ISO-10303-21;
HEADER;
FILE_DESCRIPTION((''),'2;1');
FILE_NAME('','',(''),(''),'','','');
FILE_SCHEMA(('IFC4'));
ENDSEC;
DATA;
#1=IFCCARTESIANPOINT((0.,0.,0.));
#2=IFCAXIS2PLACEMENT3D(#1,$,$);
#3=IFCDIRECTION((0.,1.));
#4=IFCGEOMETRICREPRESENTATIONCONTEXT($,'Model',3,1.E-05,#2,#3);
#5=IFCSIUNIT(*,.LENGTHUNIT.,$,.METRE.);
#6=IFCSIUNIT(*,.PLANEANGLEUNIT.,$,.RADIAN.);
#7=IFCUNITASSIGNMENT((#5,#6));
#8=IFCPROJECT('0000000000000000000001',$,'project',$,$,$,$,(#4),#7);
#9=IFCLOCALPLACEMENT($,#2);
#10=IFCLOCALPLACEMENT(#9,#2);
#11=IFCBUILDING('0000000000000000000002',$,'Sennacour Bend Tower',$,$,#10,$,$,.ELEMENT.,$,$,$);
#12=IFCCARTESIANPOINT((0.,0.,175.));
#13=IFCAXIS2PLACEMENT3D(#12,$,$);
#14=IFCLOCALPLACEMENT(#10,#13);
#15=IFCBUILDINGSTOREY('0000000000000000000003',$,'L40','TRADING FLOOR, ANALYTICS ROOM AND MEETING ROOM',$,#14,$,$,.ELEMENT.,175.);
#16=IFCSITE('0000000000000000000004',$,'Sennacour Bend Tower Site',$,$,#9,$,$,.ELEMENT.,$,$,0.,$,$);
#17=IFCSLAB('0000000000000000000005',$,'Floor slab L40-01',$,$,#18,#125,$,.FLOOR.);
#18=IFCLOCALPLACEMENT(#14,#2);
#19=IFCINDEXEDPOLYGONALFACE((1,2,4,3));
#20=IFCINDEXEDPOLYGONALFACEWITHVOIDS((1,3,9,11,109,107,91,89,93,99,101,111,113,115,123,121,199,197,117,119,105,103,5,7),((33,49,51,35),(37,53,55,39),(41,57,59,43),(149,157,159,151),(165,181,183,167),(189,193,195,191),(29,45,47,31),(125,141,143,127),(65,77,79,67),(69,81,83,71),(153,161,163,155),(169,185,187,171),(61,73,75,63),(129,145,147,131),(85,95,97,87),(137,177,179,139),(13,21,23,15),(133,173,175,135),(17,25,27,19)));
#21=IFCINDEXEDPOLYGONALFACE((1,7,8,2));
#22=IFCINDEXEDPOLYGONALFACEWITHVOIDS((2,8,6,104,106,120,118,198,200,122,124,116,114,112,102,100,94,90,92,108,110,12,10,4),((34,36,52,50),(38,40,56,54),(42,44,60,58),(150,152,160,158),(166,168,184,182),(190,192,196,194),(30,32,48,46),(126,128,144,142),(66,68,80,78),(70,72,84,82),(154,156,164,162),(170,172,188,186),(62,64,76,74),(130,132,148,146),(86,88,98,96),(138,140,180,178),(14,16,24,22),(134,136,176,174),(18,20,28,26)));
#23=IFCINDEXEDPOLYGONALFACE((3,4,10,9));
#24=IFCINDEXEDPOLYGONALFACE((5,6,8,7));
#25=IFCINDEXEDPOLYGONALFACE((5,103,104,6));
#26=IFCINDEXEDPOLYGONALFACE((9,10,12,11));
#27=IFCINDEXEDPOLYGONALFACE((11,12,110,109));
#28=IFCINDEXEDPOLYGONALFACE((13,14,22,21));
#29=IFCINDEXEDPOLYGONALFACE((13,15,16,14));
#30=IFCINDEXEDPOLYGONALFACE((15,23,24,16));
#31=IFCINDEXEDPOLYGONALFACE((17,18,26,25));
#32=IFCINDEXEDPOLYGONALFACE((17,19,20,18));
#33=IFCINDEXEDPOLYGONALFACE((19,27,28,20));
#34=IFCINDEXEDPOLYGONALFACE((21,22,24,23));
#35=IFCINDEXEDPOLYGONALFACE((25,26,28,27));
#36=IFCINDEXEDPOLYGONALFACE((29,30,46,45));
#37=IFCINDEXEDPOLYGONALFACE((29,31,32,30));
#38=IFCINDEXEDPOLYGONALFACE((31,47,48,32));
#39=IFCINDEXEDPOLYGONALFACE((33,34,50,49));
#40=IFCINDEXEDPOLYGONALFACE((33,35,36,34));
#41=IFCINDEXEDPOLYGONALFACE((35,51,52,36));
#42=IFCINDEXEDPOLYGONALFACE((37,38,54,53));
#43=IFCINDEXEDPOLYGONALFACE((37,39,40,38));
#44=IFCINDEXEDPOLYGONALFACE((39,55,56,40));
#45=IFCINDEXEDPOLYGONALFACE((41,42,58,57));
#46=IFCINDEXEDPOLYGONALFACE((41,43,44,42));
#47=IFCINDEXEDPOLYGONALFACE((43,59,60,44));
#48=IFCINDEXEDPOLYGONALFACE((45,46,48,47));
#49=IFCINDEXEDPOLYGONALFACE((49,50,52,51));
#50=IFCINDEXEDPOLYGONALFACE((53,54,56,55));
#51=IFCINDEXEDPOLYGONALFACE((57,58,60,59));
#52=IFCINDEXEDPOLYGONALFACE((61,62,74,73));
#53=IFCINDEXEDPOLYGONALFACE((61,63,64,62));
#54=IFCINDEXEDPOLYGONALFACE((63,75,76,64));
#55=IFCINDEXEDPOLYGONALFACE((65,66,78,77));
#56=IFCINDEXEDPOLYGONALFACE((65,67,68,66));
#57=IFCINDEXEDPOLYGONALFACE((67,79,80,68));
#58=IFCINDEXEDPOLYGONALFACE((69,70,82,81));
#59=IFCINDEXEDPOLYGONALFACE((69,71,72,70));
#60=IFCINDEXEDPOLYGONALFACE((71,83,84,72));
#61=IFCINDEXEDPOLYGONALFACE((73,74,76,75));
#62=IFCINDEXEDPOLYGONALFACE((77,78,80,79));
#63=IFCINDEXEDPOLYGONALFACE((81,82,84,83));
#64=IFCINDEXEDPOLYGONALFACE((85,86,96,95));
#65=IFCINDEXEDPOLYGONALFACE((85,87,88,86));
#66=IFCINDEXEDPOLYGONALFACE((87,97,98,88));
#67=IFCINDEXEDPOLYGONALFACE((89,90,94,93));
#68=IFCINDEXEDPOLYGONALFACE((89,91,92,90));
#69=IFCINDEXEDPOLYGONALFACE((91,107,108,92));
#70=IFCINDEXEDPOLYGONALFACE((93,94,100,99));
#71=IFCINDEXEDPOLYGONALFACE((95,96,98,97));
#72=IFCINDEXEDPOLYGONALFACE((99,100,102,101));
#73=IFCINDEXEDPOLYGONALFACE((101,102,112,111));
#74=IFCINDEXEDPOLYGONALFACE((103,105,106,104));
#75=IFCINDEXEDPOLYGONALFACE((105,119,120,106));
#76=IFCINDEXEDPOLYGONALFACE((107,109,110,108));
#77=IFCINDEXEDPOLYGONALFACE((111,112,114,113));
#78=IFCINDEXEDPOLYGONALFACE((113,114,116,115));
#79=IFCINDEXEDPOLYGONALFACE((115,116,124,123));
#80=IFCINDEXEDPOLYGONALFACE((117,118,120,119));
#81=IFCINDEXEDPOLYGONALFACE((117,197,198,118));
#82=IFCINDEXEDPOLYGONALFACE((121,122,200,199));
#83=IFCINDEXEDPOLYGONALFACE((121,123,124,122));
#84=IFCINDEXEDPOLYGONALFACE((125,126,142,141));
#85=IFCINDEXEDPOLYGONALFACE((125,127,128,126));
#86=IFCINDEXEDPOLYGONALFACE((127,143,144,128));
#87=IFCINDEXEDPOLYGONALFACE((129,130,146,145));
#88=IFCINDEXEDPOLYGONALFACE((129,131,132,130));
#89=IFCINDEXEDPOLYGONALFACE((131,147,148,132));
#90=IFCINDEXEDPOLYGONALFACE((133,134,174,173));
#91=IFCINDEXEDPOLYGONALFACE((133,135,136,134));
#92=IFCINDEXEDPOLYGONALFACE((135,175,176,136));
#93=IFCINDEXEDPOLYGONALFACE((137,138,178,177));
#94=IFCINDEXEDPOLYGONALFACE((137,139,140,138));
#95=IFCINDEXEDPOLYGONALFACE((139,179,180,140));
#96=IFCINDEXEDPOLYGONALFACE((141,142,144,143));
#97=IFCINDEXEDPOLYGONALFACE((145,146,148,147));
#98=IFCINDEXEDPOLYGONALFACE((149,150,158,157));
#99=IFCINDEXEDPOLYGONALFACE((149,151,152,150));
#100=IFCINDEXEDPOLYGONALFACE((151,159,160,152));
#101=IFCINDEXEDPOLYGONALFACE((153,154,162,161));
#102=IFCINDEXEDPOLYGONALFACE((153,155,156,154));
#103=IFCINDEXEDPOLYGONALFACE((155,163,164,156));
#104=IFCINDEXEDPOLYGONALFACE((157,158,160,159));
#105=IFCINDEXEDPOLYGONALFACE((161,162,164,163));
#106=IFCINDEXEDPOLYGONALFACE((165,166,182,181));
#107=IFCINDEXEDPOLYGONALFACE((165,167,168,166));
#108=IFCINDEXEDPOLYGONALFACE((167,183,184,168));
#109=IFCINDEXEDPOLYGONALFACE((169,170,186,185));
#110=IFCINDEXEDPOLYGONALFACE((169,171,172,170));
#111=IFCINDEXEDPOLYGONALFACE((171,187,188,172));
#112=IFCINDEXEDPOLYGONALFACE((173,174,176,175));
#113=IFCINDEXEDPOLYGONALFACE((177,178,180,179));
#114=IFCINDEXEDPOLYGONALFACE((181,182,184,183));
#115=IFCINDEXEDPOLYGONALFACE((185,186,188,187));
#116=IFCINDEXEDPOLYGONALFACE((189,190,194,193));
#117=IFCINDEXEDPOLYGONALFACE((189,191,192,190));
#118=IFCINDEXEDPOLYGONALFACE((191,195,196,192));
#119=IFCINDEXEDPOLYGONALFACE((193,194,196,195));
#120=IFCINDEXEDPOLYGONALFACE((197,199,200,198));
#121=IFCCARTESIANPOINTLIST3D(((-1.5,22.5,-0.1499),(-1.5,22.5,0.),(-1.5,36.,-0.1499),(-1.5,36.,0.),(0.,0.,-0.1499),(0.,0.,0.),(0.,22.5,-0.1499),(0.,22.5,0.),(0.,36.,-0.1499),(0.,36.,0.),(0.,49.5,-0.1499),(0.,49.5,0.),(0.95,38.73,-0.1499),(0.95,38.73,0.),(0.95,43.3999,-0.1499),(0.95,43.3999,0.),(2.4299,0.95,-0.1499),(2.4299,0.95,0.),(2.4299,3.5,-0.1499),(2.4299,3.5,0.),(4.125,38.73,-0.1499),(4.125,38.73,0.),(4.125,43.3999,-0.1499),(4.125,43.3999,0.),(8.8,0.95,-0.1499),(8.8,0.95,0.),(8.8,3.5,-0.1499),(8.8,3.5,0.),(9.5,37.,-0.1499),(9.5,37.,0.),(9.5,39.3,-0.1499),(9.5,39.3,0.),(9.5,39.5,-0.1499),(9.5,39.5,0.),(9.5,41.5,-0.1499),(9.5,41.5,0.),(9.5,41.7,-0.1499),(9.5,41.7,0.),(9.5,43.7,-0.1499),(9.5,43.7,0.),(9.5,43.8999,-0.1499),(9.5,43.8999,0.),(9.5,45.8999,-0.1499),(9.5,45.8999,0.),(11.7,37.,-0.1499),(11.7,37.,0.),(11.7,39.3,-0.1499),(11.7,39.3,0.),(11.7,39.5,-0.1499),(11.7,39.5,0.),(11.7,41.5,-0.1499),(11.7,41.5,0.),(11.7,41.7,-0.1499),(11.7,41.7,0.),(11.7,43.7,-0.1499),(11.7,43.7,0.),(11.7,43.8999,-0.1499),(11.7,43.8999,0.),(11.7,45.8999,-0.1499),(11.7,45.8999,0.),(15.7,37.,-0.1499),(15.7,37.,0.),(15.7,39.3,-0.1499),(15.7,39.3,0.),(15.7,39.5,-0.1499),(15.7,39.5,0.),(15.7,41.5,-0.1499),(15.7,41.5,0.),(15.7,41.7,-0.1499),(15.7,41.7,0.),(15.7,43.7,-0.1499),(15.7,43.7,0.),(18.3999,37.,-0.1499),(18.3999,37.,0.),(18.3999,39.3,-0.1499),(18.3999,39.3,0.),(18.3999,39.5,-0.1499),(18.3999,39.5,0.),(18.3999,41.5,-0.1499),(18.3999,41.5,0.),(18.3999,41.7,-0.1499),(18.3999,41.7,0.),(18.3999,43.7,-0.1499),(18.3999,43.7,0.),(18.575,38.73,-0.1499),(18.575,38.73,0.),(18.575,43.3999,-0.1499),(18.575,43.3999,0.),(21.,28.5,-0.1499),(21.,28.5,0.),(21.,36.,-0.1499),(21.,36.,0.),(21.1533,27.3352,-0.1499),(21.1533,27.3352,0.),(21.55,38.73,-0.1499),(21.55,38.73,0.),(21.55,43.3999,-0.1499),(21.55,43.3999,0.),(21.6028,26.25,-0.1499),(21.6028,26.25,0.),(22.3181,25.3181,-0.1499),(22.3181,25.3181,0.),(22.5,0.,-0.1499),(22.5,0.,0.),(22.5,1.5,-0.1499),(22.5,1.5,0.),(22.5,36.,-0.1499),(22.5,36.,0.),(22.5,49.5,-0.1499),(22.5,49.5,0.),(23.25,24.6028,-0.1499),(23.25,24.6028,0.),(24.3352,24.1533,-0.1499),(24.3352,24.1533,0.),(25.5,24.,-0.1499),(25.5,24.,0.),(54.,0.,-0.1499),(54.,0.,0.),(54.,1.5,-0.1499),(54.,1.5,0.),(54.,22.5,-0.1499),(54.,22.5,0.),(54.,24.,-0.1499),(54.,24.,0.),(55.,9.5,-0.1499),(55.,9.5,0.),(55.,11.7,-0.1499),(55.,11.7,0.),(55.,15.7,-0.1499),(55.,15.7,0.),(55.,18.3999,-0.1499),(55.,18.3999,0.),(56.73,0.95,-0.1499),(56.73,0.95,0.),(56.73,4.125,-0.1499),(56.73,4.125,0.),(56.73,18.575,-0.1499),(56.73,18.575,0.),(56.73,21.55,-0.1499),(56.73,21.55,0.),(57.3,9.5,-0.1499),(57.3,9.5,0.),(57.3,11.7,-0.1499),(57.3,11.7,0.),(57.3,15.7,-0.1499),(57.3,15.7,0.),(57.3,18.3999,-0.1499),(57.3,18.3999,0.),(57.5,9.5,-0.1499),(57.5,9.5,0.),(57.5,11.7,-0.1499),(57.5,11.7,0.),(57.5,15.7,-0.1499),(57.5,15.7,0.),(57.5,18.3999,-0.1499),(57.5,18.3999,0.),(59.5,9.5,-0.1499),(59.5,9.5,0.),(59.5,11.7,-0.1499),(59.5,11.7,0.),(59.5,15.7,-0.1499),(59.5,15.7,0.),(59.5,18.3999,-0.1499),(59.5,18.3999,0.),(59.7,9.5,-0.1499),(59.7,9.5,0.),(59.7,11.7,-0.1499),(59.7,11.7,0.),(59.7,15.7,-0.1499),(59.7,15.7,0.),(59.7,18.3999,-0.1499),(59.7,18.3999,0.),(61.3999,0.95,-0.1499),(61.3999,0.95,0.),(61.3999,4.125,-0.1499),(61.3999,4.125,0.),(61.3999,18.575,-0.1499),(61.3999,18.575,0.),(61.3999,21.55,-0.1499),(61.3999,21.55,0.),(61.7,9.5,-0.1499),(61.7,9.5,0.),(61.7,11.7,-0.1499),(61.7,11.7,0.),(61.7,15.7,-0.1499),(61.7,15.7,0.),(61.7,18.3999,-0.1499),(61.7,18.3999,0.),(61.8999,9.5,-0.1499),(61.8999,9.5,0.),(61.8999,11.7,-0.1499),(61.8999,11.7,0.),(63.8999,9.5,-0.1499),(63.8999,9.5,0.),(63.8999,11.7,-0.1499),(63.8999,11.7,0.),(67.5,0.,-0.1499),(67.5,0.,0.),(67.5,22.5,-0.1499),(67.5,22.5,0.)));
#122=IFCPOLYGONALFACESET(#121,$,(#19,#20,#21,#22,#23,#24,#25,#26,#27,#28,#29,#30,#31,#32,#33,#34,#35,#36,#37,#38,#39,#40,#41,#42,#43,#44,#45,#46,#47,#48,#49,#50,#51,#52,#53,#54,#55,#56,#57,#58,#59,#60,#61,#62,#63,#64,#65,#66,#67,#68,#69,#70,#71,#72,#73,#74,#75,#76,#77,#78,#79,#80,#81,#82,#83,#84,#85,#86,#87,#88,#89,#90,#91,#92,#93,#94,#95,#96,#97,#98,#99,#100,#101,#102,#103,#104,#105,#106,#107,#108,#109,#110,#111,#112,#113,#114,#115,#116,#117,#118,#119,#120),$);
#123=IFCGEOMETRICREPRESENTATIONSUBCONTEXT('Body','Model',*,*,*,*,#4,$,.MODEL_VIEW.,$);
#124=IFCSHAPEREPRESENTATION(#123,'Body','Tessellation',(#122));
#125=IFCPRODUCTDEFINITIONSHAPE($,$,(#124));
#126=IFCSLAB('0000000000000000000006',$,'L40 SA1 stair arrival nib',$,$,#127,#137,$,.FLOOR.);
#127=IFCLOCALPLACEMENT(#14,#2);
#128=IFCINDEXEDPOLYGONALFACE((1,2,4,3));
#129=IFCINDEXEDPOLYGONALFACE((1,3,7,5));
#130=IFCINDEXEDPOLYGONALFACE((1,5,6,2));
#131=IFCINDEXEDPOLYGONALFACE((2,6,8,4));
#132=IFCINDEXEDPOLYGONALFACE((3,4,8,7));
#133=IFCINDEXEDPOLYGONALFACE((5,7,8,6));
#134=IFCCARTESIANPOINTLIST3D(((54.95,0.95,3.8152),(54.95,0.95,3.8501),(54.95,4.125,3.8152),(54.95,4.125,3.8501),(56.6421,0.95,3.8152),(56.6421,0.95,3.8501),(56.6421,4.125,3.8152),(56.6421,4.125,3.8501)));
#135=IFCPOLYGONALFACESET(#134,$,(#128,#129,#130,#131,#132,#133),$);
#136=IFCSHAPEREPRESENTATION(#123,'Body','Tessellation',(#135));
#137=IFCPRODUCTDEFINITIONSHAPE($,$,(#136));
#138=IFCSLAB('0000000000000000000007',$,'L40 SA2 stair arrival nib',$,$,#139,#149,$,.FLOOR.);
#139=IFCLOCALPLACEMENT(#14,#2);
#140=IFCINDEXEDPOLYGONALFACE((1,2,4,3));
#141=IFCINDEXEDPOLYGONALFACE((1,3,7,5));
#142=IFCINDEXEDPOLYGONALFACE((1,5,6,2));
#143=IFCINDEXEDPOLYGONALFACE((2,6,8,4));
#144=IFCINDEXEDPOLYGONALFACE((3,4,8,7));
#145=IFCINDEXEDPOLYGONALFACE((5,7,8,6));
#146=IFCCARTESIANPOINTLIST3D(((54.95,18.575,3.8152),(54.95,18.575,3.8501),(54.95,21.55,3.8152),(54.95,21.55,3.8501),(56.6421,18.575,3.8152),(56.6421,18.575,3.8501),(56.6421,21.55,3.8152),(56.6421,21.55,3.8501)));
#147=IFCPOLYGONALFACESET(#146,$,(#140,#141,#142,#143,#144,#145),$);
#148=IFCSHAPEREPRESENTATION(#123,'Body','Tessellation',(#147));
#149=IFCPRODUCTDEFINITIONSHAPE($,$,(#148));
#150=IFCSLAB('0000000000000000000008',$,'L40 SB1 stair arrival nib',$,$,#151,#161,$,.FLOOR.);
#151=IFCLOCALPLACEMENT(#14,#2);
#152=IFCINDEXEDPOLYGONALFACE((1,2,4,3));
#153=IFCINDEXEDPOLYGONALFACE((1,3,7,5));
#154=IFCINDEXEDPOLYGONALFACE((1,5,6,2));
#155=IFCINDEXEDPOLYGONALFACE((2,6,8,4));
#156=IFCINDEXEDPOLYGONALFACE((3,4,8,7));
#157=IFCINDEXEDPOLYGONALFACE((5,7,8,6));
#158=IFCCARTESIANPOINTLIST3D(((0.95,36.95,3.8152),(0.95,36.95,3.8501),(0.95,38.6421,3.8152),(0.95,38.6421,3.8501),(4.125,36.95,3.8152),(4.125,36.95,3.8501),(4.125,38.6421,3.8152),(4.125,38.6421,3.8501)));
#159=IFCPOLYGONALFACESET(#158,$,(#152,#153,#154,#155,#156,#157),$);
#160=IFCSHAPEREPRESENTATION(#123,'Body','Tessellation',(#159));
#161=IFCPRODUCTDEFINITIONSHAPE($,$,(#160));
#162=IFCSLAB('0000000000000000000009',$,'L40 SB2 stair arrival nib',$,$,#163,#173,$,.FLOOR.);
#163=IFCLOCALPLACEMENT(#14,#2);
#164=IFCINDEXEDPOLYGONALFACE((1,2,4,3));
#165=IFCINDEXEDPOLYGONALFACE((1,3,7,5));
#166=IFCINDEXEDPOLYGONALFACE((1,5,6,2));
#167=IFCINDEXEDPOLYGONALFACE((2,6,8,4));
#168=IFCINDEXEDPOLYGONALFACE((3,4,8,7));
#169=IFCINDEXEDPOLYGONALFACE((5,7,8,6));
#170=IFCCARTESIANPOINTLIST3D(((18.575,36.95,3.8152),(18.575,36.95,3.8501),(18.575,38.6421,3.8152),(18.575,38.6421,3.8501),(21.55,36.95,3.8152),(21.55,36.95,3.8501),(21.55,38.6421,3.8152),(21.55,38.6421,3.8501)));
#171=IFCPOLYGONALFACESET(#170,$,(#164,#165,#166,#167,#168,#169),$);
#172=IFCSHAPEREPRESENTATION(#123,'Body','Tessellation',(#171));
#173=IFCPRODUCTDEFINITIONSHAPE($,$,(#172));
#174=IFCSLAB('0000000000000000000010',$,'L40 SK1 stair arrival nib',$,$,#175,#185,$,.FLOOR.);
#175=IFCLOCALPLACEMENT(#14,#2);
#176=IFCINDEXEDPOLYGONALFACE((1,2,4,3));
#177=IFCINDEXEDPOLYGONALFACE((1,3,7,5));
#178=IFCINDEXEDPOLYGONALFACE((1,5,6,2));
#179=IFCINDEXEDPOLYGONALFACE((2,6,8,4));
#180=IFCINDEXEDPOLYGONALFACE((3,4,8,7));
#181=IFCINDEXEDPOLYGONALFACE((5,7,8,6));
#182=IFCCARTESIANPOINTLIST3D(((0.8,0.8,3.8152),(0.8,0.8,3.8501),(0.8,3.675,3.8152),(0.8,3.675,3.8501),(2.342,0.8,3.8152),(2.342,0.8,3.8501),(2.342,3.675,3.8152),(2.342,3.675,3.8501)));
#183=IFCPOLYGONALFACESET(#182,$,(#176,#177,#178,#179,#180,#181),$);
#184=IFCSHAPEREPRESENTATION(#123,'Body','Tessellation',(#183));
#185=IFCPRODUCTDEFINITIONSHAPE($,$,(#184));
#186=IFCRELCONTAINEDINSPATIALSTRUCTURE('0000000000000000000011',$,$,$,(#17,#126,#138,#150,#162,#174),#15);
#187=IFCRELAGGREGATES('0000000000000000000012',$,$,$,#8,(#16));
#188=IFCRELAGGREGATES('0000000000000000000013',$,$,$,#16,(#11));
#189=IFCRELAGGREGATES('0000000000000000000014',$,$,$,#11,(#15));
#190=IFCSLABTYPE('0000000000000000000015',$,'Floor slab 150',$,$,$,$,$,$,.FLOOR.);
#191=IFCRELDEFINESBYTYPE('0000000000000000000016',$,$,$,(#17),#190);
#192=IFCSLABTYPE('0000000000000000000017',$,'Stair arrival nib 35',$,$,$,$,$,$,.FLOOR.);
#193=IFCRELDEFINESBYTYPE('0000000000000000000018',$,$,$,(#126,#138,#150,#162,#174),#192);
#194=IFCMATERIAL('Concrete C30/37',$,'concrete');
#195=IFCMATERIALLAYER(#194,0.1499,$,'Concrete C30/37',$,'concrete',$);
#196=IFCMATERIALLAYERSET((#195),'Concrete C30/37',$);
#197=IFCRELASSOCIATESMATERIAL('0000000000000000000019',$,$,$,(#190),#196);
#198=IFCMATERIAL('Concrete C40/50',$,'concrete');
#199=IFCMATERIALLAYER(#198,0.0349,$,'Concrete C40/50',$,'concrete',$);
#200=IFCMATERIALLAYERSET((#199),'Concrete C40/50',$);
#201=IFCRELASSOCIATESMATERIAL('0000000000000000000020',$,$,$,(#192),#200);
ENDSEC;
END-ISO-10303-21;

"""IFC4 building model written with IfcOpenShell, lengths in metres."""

from ifc_helpers import new_model, si_unit, direction, frame, origin, place, context, subcontext, project, spatial, polyline, outline, extrude, material, layer, layer_set, type_object, element, save


model = new_model("IFC4")

# Units and contexts
model_context = context("Model", 3, precision=1e-05, world=origin(), true_north=direction((0.0, 1.0)))
body_context = subcontext(model_context, "Body", "Model", "MODEL_VIEW")
ifc_project = project(units=[si_unit("LENGTHUNIT", "METRE"), si_unit("PLANEANGLEUNIT", "RADIAN")], contexts=[model_context])

# Site, building, storey
site_placement = place(None, origin())
site = spatial("IfcSite", under=ifc_project, at=site_placement, Name="Sennacour Bend Tower Site", CompositionType="ELEMENT", RefElevation=0.0)
building_placement = place(site_placement, origin())
building = spatial("IfcBuilding", under=site, at=building_placement, Name="Sennacour Bend Tower", CompositionType="ELEMENT")
storey_placement = place(building_placement, frame((0.0, 0.0, 175.0)))
storey = spatial("IfcBuildingStorey", under=building, at=storey_placement, Name="L40", Description="TRADING FLOOR, ANALYTICS ROOM AND MEETING ROOM", CompositionType="ELEMENT", Elevation=175.0)

# Slabs
ifc_material_1 = material(Name="Concrete C30/37", Category="concrete")
ifc_layer_1 = layer(ifc_material_1, 0.1499, Name="Concrete C30/37", Category="concrete")
ifc_layer_set_1 = layer_set([ifc_layer_1], Name="Concrete C30/37")
slab_type_1 = type_object("IfcSlabType", Name="Floor slab 150", PredefinedType="FLOOR", material=ifc_layer_set_1)
slab_1_placement = place(storey_placement, frame((0.0, 0.0, -0.1499)))
element("IfcSlab", 1, at=slab_1_placement, inside=storey, type_object=slab_type_1, Name="Floor slab L40-01", PredefinedType="FLOOR", context=body_context, shape_type="SweptSolid", body=[
    extrude(outline(polyline([(0.0, 22.5), (-1.5, 22.5), (-1.5, 36.0), (0.0, 36.0), (0.0, 49.5), (22.5, 49.5), (22.5, 36.0), (21.0, 36.0), (21.0, 28.5), (21.1533, 27.3352), (21.6028, 26.25), (22.3181, 25.3181), (23.25, 24.6028), (24.3352, 24.1533), (25.5, 24.0), (54.0, 24.0), (54.0, 22.5), (67.5, 22.5), (67.5, 0.0), (54.0, 0.0), (54.0, 1.5), (22.5, 1.5), (22.5, 0.0), (0.0, 0.0), (0.0, 22.5)]), holes=[polyline([(8.8, 0.95), (8.8, 3.5), (2.4299, 3.5), (2.4299, 0.95), (8.8, 0.95)]), polyline([(11.7, 37.0), (11.7, 39.3), (9.5, 39.3), (9.5, 37.0), (11.7, 37.0)]), polyline([(18.3999, 37.0), (18.3999, 39.3), (15.7, 39.3), (15.7, 37.0), (18.3999, 37.0)]), polyline([(11.7, 39.5), (11.7, 41.5), (9.5, 41.5), (9.5, 39.5), (11.7, 39.5)]), polyline([(18.3999, 39.5), (18.3999, 41.5), (15.7, 41.5), (15.7, 39.5), (18.3999, 39.5)]), polyline([(4.125, 38.73), (4.125, 43.3999), (0.95, 43.3999), (0.95, 38.73), (4.125, 38.73)]), polyline([(21.55, 38.73), (21.55, 43.3999), (18.575, 43.3999), (18.575, 38.73), (21.55, 38.73)]), polyline([(9.5, 41.7), (11.7, 41.7), (11.7, 43.7), (9.5, 43.7), (9.5, 41.7)]), polyline([(15.7, 41.7), (18.3999, 41.7), (18.3999, 43.7), (15.7, 43.7), (15.7, 41.7)]), polyline([(11.7, 43.8999), (11.7, 45.8999), (9.5, 45.8999), (9.5, 43.8999), (11.7, 43.8999)]), polyline([(61.3999, 0.95), (61.3999, 4.125), (56.73, 4.125), (56.73, 0.95), (61.3999, 0.95)]), polyline([(57.3, 9.5), (57.3, 11.7), (55.0, 11.7), (55.0, 9.5), (57.3, 9.5)]), polyline([(57.5, 9.5), (59.5, 9.5), (59.5, 11.7), (57.5, 11.7), (57.5, 9.5)]), polyline([(59.7, 9.5), (61.7, 9.5), (61.7, 11.7), (59.7, 11.7), (59.7, 9.5)]), polyline([(63.8999, 9.5), (63.8999, 11.7), (61.8999, 11.7), (61.8999, 9.5), (63.8999, 9.5)]), polyline([(57.3, 15.7), (57.3, 18.3999), (55.0, 18.3999), (55.0, 15.7), (57.3, 15.7)]), polyline([(59.5, 15.7), (59.5, 18.3999), (57.5, 18.3999), (57.5, 15.7), (59.5, 15.7)]), polyline([(59.7, 15.7), (61.7, 15.7), (61.7, 18.3999), (59.7, 18.3999), (59.7, 15.7)]), polyline([(56.73, 18.575), (61.3999, 18.575), (61.3999, 21.55), (56.73, 21.55), (56.73, 18.575)])]), origin(), (0.0, 0.0, 1.0), 0.1499),
])
ifc_material_2 = material(Name="Concrete C40/50", Category="concrete")
ifc_layer_2 = layer(ifc_material_2, 0.0349, Name="Concrete C40/50", Category="concrete")
ifc_layer_set_2 = layer_set([ifc_layer_2], Name="Concrete C40/50")
slab_type_2 = type_object("IfcSlabType", Name="Stair arrival nib 35", PredefinedType="FLOOR", material=ifc_layer_set_2)
slab_2_placement = place(storey_placement, frame((0.0, 0.0, 3.8152)))
element("IfcSlab", 2, at=slab_2_placement, inside=storey, type_object=slab_type_2, Name="L40 SA1 stair arrival nib", PredefinedType="FLOOR", context=body_context, shape_type="SweptSolid", body=[
    extrude(outline(polyline([(56.6421, 4.125), (54.95, 4.125), (54.95, 0.95), (56.6421, 0.95), (56.6421, 4.125)])), origin(), (0.0, 0.0, 1.0), 0.0349),
])
slab_3_placement = place(storey_placement, frame((0.0, 0.0, 3.8152)))
element("IfcSlab", 3, at=slab_3_placement, inside=storey, type_object=slab_type_2, Name="L40 SA2 stair arrival nib", PredefinedType="FLOOR", context=body_context, shape_type="SweptSolid", body=[
    extrude(outline(polyline([(56.6421, 21.55), (54.95, 21.55), (54.95, 18.575), (56.6421, 18.575), (56.6421, 21.55)])), origin(), (0.0, 0.0, 1.0), 0.0349),
])
slab_4_placement = place(storey_placement, frame((0.0, 0.0, 3.8152)))
element("IfcSlab", 4, at=slab_4_placement, inside=storey, type_object=slab_type_2, Name="L40 SB1 stair arrival nib", PredefinedType="FLOOR", context=body_context, shape_type="SweptSolid", body=[
    extrude(outline(polyline([(0.95, 38.6421), (0.95, 36.95), (4.125, 36.95), (4.125, 38.6421), (0.95, 38.6421)])), origin(), (0.0, 0.0, 1.0), 0.0349),
])
slab_5_placement = place(storey_placement, frame((0.0, 0.0, 3.8152)))
element("IfcSlab", 5, at=slab_5_placement, inside=storey, type_object=slab_type_2, Name="L40 SB2 stair arrival nib", PredefinedType="FLOOR", context=body_context, shape_type="SweptSolid", body=[
    extrude(outline(polyline([(18.575, 38.6421), (18.575, 36.95), (21.55, 36.95), (21.55, 38.6421), (18.575, 38.6421)])), origin(), (0.0, 0.0, 1.0), 0.0349),
])
slab_6_placement = place(storey_placement, frame((0.0, 0.0, 3.8152)))
element("IfcSlab", 6, at=slab_6_placement, inside=storey, type_object=slab_type_2, Name="L40 SK1 stair arrival nib", PredefinedType="FLOOR", context=body_context, shape_type="SweptSolid", body=[
    extrude(outline(polyline([(2.342, 3.675), (0.8, 3.675), (0.8, 0.8), (2.342, 0.8), (2.342, 3.675)])), origin(), (0.0, 0.0, 1.0), 0.0349),
])

save(model, "model.ifc")
